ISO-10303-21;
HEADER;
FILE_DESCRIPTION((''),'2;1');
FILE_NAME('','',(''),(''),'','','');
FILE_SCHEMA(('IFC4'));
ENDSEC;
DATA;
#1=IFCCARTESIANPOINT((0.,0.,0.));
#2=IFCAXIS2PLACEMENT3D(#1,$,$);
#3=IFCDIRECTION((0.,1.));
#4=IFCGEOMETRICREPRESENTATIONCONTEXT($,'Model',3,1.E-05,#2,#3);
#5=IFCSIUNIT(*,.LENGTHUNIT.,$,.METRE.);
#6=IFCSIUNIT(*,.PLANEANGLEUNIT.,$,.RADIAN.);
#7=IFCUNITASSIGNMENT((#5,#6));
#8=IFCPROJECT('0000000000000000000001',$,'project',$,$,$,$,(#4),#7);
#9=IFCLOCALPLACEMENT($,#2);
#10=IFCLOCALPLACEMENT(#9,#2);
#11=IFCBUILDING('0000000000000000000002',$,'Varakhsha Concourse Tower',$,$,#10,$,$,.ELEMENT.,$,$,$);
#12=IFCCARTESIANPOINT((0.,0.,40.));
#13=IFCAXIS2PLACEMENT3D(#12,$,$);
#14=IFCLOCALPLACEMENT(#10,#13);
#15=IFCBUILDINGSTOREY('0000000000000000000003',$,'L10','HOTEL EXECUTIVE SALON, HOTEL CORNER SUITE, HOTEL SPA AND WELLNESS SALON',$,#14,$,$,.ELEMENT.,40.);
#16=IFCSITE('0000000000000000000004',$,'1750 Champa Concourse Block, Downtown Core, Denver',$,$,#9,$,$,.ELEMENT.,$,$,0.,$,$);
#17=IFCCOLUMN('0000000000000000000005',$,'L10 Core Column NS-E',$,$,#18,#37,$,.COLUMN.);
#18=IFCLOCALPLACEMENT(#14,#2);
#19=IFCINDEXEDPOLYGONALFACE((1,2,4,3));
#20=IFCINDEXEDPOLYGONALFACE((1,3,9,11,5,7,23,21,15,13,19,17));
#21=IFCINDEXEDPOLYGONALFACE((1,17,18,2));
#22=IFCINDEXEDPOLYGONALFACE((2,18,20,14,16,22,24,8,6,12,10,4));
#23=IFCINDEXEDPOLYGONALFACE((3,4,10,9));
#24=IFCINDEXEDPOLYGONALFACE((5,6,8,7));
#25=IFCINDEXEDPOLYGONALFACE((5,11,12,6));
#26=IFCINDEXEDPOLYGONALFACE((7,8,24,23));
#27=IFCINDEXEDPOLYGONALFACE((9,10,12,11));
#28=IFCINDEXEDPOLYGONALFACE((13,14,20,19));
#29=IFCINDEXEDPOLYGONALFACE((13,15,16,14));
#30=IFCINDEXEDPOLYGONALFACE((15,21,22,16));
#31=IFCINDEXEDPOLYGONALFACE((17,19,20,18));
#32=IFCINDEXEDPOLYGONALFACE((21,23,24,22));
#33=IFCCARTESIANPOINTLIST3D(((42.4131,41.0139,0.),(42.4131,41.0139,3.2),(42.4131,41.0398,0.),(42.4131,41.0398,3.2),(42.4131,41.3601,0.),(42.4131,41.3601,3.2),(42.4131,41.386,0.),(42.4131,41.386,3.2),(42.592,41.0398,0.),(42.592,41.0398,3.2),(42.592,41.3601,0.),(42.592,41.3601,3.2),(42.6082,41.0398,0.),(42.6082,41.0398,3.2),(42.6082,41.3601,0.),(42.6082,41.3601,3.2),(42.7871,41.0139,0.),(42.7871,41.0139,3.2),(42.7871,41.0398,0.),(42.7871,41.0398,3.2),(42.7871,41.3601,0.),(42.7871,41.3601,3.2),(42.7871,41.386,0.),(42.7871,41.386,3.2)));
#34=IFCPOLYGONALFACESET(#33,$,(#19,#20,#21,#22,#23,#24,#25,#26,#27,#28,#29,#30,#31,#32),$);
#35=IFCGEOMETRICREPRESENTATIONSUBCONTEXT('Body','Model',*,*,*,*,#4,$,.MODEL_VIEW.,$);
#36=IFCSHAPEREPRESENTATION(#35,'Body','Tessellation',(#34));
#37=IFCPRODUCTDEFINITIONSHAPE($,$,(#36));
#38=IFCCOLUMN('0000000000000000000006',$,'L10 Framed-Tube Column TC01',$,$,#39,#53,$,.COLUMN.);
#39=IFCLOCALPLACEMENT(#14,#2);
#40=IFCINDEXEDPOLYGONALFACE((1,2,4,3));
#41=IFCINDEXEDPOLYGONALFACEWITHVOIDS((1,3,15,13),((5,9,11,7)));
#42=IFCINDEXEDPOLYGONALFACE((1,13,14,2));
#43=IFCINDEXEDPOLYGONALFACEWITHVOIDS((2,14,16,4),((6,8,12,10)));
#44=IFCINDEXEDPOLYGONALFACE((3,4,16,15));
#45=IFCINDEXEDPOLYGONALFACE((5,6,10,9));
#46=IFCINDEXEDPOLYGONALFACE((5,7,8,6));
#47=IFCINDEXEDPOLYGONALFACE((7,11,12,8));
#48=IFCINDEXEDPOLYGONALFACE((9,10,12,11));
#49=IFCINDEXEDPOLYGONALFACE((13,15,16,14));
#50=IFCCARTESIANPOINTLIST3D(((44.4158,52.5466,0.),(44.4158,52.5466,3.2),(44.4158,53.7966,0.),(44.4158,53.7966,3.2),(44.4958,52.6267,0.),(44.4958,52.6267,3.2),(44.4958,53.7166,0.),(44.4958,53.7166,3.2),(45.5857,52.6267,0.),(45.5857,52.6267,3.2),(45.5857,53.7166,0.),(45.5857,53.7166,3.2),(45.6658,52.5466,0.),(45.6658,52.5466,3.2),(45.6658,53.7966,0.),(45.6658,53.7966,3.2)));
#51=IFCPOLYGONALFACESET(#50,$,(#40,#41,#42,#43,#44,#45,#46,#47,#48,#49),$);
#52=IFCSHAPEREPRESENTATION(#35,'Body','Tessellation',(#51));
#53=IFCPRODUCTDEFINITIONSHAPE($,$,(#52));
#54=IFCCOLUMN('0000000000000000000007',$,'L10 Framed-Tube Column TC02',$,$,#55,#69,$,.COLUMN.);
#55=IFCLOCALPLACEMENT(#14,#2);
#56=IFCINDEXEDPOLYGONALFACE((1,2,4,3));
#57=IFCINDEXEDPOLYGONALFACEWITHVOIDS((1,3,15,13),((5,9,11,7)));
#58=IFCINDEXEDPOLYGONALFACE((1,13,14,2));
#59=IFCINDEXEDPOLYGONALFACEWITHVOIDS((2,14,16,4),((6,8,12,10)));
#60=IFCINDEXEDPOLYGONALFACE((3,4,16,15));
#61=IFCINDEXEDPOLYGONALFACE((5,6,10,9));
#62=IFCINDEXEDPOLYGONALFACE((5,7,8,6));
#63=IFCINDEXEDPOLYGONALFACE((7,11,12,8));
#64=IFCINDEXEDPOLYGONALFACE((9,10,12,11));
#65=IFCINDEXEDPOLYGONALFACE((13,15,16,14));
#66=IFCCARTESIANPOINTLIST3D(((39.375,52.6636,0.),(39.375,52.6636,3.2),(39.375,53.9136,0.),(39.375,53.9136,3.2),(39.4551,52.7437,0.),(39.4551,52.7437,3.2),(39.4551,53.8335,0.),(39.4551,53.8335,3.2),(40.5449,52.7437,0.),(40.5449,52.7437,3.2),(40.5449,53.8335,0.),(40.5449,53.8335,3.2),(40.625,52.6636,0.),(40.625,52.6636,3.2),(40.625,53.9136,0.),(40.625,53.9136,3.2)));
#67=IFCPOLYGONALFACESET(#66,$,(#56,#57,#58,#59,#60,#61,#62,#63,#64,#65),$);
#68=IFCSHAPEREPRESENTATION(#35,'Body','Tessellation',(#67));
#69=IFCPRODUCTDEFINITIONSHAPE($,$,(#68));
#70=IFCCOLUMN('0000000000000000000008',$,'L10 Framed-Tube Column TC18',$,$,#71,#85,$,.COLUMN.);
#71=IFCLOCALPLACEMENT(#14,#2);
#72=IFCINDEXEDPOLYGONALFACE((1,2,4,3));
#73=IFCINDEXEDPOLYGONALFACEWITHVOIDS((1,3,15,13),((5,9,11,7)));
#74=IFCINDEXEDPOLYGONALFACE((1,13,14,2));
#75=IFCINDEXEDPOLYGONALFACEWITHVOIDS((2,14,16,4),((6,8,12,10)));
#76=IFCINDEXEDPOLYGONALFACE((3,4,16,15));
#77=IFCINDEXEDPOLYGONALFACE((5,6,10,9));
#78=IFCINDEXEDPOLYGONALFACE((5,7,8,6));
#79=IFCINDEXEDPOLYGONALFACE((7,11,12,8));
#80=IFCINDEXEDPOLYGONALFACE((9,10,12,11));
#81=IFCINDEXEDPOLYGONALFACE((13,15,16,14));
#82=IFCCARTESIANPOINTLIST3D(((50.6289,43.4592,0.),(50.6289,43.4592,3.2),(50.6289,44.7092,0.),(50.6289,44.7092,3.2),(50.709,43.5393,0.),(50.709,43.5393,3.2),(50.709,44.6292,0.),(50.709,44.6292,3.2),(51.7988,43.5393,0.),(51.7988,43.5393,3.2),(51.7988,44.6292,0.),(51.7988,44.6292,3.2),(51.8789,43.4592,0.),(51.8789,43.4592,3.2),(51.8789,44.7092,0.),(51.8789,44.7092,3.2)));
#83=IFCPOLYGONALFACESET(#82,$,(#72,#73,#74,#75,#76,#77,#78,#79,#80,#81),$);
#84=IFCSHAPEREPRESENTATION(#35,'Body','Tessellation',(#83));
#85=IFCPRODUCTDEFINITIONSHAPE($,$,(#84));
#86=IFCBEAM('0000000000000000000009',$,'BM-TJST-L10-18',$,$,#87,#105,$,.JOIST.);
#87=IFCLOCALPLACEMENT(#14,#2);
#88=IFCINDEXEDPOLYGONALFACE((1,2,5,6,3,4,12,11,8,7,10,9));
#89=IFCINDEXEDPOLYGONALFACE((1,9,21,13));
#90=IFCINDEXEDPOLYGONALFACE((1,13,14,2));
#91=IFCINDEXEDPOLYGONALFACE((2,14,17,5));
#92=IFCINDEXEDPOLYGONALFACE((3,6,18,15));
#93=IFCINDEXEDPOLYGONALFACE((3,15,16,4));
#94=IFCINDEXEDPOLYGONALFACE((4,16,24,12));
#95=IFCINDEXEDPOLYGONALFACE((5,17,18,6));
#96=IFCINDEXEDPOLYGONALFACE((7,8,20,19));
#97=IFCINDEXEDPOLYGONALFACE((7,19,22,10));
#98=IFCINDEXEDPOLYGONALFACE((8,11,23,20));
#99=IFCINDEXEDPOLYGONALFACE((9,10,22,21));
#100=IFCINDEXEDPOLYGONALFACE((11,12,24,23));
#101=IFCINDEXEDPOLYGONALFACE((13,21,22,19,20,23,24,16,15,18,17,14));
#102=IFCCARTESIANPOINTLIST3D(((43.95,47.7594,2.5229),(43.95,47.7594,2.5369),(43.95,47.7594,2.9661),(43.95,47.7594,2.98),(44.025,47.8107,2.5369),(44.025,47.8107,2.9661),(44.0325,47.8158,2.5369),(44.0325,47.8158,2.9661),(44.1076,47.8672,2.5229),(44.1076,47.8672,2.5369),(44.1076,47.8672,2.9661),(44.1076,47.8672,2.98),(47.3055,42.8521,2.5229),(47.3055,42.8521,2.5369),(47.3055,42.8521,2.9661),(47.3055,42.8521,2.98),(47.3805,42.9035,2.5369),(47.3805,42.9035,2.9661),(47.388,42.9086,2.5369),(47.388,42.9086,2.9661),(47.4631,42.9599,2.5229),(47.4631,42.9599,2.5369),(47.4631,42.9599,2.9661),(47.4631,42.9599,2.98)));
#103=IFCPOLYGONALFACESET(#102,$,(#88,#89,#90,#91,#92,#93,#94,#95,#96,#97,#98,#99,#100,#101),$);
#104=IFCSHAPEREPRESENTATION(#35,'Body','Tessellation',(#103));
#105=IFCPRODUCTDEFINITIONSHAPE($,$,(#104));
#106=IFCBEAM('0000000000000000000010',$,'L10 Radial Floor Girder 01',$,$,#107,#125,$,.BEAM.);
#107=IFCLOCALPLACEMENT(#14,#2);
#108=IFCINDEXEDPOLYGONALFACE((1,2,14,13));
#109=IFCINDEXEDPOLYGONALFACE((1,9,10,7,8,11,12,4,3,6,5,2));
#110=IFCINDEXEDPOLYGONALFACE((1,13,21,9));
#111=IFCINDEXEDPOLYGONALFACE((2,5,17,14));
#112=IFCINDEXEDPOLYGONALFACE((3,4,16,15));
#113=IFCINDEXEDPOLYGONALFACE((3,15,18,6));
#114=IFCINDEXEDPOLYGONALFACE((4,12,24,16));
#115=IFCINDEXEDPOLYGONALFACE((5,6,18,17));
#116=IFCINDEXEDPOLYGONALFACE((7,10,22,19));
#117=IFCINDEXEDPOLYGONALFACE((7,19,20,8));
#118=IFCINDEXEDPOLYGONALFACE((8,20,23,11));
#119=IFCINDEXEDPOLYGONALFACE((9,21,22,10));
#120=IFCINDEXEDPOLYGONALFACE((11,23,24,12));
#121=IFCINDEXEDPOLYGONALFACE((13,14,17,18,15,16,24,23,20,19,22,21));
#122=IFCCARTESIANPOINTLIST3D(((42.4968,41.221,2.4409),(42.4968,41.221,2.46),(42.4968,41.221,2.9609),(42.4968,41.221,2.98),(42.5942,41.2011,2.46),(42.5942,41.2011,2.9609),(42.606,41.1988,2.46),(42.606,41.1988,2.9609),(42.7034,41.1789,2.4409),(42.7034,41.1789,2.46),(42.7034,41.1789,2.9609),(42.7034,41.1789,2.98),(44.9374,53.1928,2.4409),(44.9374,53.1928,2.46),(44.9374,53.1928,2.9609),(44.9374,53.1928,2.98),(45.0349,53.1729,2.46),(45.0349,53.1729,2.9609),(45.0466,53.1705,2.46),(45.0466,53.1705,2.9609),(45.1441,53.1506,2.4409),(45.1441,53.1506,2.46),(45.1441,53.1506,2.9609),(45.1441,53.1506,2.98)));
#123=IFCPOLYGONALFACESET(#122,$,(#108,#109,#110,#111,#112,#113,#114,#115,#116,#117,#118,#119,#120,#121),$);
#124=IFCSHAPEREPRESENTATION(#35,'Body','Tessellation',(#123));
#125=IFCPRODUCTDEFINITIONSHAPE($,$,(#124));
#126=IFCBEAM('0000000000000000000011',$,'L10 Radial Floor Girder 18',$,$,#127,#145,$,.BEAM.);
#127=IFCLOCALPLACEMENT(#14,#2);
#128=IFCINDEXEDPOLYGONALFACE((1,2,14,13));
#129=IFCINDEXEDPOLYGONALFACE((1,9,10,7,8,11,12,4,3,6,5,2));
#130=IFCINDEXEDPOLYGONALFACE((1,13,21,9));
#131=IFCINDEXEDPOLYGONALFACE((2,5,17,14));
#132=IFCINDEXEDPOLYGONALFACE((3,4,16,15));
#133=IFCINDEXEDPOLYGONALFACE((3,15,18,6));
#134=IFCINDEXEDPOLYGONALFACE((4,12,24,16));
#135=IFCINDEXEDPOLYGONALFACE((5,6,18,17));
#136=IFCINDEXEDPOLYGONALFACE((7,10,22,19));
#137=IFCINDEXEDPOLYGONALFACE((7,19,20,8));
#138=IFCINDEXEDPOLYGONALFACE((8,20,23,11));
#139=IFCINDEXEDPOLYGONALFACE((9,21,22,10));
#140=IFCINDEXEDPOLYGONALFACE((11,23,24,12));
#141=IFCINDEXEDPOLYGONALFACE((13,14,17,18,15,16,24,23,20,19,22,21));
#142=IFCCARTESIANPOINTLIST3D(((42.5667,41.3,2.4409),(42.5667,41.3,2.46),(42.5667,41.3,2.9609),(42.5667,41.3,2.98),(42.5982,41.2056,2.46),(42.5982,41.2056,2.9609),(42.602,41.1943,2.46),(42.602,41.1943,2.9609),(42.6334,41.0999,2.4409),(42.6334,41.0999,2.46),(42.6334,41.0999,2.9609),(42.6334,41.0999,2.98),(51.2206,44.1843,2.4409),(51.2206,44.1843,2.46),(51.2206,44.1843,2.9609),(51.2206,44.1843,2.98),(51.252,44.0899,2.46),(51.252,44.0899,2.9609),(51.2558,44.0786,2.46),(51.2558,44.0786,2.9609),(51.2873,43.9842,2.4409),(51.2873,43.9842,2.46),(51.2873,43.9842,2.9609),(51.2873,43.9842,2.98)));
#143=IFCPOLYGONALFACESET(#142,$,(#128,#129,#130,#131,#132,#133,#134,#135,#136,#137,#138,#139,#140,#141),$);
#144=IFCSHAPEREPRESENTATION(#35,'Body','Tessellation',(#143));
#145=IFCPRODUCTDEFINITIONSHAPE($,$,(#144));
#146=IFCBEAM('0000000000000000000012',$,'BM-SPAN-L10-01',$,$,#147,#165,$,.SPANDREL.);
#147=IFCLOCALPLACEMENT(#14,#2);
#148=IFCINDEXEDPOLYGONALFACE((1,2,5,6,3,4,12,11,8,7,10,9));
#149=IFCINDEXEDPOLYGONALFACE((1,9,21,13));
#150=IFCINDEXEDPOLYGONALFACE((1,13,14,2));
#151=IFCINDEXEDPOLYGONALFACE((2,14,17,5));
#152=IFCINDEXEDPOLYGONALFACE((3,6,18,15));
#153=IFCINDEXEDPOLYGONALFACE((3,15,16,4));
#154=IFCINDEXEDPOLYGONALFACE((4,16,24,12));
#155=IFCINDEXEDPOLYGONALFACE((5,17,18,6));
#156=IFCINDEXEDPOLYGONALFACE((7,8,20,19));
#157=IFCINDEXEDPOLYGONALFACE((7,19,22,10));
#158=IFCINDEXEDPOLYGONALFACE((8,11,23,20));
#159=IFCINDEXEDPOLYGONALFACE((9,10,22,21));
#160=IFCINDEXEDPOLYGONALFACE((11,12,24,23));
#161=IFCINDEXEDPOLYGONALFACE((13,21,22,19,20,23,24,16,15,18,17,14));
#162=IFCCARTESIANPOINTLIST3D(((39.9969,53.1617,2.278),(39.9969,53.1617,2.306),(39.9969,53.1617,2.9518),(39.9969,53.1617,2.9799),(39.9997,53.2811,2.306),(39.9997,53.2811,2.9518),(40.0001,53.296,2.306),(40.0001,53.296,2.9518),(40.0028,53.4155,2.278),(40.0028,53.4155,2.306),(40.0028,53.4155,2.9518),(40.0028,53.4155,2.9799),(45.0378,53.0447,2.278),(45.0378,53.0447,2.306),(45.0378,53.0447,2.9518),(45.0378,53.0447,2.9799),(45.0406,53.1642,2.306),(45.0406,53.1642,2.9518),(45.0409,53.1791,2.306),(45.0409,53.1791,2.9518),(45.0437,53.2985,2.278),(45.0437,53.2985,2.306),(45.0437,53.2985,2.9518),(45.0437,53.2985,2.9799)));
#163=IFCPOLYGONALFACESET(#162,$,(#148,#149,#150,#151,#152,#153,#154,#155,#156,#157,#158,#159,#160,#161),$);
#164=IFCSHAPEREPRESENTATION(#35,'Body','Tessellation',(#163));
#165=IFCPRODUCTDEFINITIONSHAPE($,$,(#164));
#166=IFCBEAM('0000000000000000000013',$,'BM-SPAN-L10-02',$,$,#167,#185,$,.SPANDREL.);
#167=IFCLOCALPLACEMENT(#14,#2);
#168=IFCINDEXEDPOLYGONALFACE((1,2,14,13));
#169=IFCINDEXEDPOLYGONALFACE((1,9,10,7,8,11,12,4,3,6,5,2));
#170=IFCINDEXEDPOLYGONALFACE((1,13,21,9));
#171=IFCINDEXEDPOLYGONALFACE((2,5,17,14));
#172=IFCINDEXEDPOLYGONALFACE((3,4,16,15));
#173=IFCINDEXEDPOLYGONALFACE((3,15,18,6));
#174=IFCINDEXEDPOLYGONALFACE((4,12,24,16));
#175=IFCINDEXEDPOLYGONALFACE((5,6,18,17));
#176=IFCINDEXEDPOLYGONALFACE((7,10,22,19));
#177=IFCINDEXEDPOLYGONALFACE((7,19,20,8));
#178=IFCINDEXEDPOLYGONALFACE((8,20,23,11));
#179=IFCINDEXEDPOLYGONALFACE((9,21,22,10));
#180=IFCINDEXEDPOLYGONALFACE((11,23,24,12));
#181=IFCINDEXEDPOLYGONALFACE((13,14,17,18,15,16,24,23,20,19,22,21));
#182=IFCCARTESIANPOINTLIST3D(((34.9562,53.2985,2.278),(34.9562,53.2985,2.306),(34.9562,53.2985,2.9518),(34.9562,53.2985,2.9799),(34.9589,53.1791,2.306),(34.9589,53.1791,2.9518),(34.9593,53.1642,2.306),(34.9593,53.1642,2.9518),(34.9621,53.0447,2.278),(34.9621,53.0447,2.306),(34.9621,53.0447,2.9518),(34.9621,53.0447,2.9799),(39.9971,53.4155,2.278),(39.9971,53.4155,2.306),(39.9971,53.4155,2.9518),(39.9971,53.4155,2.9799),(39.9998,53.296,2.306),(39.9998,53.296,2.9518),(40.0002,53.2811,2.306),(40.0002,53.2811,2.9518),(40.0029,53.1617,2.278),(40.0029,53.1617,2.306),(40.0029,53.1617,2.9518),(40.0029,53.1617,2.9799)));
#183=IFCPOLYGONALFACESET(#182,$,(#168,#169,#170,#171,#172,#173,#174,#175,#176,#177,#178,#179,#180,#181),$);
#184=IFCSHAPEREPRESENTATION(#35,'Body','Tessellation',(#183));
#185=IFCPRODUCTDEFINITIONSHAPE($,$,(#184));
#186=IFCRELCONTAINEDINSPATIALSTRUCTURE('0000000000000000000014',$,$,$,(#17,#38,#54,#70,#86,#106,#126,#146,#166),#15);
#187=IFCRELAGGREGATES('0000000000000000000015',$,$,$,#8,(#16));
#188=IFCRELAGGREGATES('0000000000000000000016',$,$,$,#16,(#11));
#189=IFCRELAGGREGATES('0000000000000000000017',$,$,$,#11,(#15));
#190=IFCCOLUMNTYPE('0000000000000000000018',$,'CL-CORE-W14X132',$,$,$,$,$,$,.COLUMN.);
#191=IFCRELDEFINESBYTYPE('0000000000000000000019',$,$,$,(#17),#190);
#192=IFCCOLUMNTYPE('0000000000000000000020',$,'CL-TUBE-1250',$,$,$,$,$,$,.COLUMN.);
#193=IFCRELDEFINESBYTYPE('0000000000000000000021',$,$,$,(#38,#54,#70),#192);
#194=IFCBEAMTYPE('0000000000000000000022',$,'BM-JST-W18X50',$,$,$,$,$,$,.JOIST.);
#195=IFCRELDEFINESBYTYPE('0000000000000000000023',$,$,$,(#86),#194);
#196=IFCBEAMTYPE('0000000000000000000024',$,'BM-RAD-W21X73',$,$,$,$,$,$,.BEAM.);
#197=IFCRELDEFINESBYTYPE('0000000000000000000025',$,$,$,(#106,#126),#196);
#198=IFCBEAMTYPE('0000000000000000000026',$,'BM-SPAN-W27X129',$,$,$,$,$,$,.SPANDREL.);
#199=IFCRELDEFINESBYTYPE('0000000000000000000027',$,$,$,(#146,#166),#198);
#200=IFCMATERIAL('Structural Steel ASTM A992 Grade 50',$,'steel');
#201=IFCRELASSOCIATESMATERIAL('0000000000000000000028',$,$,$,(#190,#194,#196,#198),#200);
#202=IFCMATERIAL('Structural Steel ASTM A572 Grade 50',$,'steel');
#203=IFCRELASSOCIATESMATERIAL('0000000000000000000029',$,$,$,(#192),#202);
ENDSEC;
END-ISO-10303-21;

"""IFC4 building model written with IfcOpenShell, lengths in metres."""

from ifc_helpers import new_model, si_unit, direction, frame, origin, origin_2d, place, context, subcontext, project, spatial, hollow_rectangle, i_section, extrude, material, material_profile, profile_set, type_object, element, save


model = new_model("IFC4")

# Units and contexts
model_context = context("Model", 3, precision=1e-05, world=origin(), true_north=direction((0.0, 1.0)))
body_context = subcontext(model_context, "Body", "Model", "MODEL_VIEW")
ifc_project = project(units=[si_unit("LENGTHUNIT", "METRE"), si_unit("PLANEANGLEUNIT", "RADIAN")], contexts=[model_context])

# Site, building, storey
site_placement = place(None, origin())
site = spatial("IfcSite", under=ifc_project, at=site_placement, Name="1750 Champa Concourse Block, Downtown Core, Denver", CompositionType="ELEMENT", RefElevation=0.0)
building_placement = place(site_placement, origin())
building = spatial("IfcBuilding", under=site, at=building_placement, Name="Varakhsha Concourse Tower", CompositionType="ELEMENT")
storey_placement = place(building_placement, frame((0.0, 0.0, 40.0)))
storey = spatial("IfcBuildingStorey", under=building, at=storey_placement, Name="L10", Description="HOTEL EXECUTIVE SALON, HOTEL CORNER SUITE, HOTEL SPA AND WELLNESS SALON", CompositionType="ELEMENT", Elevation=40.0)

# Columns
ifc_material_1 = material(Name="Structural Steel ASTM A992 Grade 50", Category="steel")
ifc_material_profile_1 = material_profile(ifc_material_1, i_section(OverallWidth=0.374, OverallDepth=0.3721, WebThickness=0.0161, FlangeThickness=0.0259, at=origin_2d()), Name="W14X132")
ifc_profile_set_1 = profile_set([ifc_material_profile_1], Name="Structural Steel ASTM A992 Grade 50")
column_type_1 = type_object("IfcColumnType", Name="CL-CORE-W14X132", PredefinedType="COLUMN", material=ifc_profile_set_1)
column_placement = place(storey_placement, frame((42.6001, 41.2, 0.0), z_axis=(0.0, 0.0, 1.0), x_axis=(1.0, 0.0, 0.0)))
element("IfcColumn", 1, at=column_placement, inside=storey, type_object=column_type_1, Name="L10 Core Column NS-E", PredefinedType="COLUMN", context=body_context, shape_type="SweptSolid", body=[
    extrude(i_section(OverallWidth=0.374, OverallDepth=0.3721, WebThickness=0.0161, FlangeThickness=0.0259, at=origin_2d()), origin(), (0.0, 0.0, 1.0), 3.2),
])
ifc_material_2 = material(Name="Structural Steel ASTM A572 Grade 50", Category="steel")
ifc_material_profile_2 = material_profile(ifc_material_2, hollow_rectangle(XDim=1.25, YDim=1.25, WallThickness=0.0801, at=origin_2d()), Name="BOX 1250x1250x80")
ifc_profile_set_2 = profile_set([ifc_material_profile_2], Name="Structural Steel ASTM A572 Grade 50")
column_type_2 = type_object("IfcColumnType", Name="CL-TUBE-1250", PredefinedType="COLUMN", material=ifc_profile_set_2)
for number, where, z_axis, x_axis, name in (
    (2, (45.0408, 53.1716, 0.0), (0.0, 0.0, 1.0), (1.0, 0.0, 0.0), "L10 Framed-Tube Column TC01"),
    (3, (40.0, 53.2886, 0.0), (0.0, 0.0, 1.0), (1.0, 0.0, 0.0), "L10 Framed-Tube Column TC02"),
    (4, (51.2539, 44.0842, 0.0), (0.0, 0.0, 1.0), (1.0, 0.0, 0.0), "L10 Framed-Tube Column TC18"),
):
    element("IfcColumn", number, at=place(storey_placement, frame(where, z_axis=z_axis, x_axis=x_axis)), inside=storey, type_object=column_type_2, Name=name, PredefinedType="COLUMN", context=body_context, shape_type="SweptSolid", body=[
        extrude(hollow_rectangle(XDim=1.25, YDim=1.25, WallThickness=0.0801, at=origin_2d()), origin(), (0.0, 0.0, 1.0), 3.2),
    ])

# Beams
ifc_material_profile_3 = material_profile(ifc_material_1, i_section(OverallWidth=0.1909, OverallDepth=0.457, WebThickness=0.009, FlangeThickness=0.0139, at=origin_2d()), Name="W18X50")
ifc_profile_set_3 = profile_set([ifc_material_profile_3], Name="Structural Steel ASTM A992 Grade 50")
beam_type_1 = type_object("IfcBeamType", Name="BM-JST-W18X50", PredefinedType="JOIST", material=ifc_profile_set_3)
beam_1_placement = place(storey_placement, frame((47.3843, 42.906, 2.7515), z_axis=(-0.564442, 0.825472, 0.0), x_axis=(-0.825472, -0.564442, 0.0)))
element("IfcBeam", 5, at=beam_1_placement, inside=storey, type_object=beam_type_1, Name="BM-TJST-L10-18", PredefinedType="JOIST", context=body_context, shape_type="SweptSolid", body=[
    extrude(i_section(OverallWidth=0.1909, OverallDepth=0.457, WebThickness=0.009, FlangeThickness=0.0139, at=origin_2d()), origin(), (0.0, 0.0, 1.0), 5.9448),
])
ifc_material_profile_4 = material_profile(ifc_material_1, i_section(OverallWidth=0.2109, OverallDepth=0.5391, WebThickness=0.012, FlangeThickness=0.019, at=origin_2d()), Name="W21X73")
ifc_profile_set_4 = profile_set([ifc_material_profile_4], Name="Structural Steel ASTM A992 Grade 50")
beam_type_2 = type_object("IfcBeamType", Name="BM-RAD-W21X73", PredefinedType="BEAM", material=ifc_profile_set_4)
beam_2_placement = place(storey_placement, frame((42.6001, 41.2, 2.7104), z_axis=(0.199762, 0.979845, 0.0), x_axis=(-0.979845, 0.199762, 0.0)))
element("IfcBeam", 6, at=beam_2_placement, inside=storey, type_object=beam_type_2, Name="L10 Radial Floor Girder 01", PredefinedType="BEAM", context=body_context, shape_type="SweptSolid", body=[
    extrude(i_section(OverallWidth=0.2109, OverallDepth=0.5391, WebThickness=0.012, FlangeThickness=0.019, at=origin_2d()), origin(), (0.0, 0.0, 1.0), 12.218),
])
beam_3_placement = place(storey_placement, frame((42.6001, 41.2, 2.7104), z_axis=(0.948694, 0.316196, 0.0), x_axis=(-0.316196, 0.948694, 0.0)))
element("IfcBeam", 7, at=beam_3_placement, inside=storey, type_object=beam_type_2, Name="L10 Radial Floor Girder 18", PredefinedType="BEAM", context=body_context, shape_type="SweptSolid", body=[
    extrude(i_section(OverallWidth=0.2109, OverallDepth=0.5391, WebThickness=0.012, FlangeThickness=0.019, at=origin_2d()), origin(), (0.0, 0.0, 1.0), 9.1218),
])
ifc_material_profile_5 = material_profile(ifc_material_1, i_section(OverallWidth=0.2539, OverallDepth=0.7019, WebThickness=0.0149, FlangeThickness=0.0281, at=origin_2d()), Name="W27X129")
ifc_profile_set_5 = profile_set([ifc_material_profile_5], Name="Structural Steel ASTM A992 Grade 50")
beam_type_3 = type_object("IfcBeamType", Name="BM-SPAN-W27X129", PredefinedType="SPANDREL", material=ifc_profile_set_5)
for number, where, z_axis, x_axis, name in (
    (8, (45.0408, 53.1716, 2.6289), (-0.999731, 0.023193, 0.0), (-0.023193, -0.999731, 0.0), "BM-SPAN-L10-01"),
    (9, (40.0, 53.2886, 2.6289), (-0.999731, -0.023193, 0.0), (0.023193, -0.999731, 0.0), "BM-SPAN-L10-02"),
):
    element("IfcBeam", number, at=place(storey_placement, frame(where, z_axis=z_axis, x_axis=x_axis)), inside=storey, type_object=beam_type_3, Name=name, PredefinedType="SPANDREL", context=body_context, shape_type="SweptSolid", body=[
        extrude(i_section(OverallWidth=0.2539, OverallDepth=0.7019, WebThickness=0.0149, FlangeThickness=0.0281, at=origin_2d()), origin(), (0.0, 0.0, 1.0), 5.0422),
    ])

save(model, "model.ifc")
